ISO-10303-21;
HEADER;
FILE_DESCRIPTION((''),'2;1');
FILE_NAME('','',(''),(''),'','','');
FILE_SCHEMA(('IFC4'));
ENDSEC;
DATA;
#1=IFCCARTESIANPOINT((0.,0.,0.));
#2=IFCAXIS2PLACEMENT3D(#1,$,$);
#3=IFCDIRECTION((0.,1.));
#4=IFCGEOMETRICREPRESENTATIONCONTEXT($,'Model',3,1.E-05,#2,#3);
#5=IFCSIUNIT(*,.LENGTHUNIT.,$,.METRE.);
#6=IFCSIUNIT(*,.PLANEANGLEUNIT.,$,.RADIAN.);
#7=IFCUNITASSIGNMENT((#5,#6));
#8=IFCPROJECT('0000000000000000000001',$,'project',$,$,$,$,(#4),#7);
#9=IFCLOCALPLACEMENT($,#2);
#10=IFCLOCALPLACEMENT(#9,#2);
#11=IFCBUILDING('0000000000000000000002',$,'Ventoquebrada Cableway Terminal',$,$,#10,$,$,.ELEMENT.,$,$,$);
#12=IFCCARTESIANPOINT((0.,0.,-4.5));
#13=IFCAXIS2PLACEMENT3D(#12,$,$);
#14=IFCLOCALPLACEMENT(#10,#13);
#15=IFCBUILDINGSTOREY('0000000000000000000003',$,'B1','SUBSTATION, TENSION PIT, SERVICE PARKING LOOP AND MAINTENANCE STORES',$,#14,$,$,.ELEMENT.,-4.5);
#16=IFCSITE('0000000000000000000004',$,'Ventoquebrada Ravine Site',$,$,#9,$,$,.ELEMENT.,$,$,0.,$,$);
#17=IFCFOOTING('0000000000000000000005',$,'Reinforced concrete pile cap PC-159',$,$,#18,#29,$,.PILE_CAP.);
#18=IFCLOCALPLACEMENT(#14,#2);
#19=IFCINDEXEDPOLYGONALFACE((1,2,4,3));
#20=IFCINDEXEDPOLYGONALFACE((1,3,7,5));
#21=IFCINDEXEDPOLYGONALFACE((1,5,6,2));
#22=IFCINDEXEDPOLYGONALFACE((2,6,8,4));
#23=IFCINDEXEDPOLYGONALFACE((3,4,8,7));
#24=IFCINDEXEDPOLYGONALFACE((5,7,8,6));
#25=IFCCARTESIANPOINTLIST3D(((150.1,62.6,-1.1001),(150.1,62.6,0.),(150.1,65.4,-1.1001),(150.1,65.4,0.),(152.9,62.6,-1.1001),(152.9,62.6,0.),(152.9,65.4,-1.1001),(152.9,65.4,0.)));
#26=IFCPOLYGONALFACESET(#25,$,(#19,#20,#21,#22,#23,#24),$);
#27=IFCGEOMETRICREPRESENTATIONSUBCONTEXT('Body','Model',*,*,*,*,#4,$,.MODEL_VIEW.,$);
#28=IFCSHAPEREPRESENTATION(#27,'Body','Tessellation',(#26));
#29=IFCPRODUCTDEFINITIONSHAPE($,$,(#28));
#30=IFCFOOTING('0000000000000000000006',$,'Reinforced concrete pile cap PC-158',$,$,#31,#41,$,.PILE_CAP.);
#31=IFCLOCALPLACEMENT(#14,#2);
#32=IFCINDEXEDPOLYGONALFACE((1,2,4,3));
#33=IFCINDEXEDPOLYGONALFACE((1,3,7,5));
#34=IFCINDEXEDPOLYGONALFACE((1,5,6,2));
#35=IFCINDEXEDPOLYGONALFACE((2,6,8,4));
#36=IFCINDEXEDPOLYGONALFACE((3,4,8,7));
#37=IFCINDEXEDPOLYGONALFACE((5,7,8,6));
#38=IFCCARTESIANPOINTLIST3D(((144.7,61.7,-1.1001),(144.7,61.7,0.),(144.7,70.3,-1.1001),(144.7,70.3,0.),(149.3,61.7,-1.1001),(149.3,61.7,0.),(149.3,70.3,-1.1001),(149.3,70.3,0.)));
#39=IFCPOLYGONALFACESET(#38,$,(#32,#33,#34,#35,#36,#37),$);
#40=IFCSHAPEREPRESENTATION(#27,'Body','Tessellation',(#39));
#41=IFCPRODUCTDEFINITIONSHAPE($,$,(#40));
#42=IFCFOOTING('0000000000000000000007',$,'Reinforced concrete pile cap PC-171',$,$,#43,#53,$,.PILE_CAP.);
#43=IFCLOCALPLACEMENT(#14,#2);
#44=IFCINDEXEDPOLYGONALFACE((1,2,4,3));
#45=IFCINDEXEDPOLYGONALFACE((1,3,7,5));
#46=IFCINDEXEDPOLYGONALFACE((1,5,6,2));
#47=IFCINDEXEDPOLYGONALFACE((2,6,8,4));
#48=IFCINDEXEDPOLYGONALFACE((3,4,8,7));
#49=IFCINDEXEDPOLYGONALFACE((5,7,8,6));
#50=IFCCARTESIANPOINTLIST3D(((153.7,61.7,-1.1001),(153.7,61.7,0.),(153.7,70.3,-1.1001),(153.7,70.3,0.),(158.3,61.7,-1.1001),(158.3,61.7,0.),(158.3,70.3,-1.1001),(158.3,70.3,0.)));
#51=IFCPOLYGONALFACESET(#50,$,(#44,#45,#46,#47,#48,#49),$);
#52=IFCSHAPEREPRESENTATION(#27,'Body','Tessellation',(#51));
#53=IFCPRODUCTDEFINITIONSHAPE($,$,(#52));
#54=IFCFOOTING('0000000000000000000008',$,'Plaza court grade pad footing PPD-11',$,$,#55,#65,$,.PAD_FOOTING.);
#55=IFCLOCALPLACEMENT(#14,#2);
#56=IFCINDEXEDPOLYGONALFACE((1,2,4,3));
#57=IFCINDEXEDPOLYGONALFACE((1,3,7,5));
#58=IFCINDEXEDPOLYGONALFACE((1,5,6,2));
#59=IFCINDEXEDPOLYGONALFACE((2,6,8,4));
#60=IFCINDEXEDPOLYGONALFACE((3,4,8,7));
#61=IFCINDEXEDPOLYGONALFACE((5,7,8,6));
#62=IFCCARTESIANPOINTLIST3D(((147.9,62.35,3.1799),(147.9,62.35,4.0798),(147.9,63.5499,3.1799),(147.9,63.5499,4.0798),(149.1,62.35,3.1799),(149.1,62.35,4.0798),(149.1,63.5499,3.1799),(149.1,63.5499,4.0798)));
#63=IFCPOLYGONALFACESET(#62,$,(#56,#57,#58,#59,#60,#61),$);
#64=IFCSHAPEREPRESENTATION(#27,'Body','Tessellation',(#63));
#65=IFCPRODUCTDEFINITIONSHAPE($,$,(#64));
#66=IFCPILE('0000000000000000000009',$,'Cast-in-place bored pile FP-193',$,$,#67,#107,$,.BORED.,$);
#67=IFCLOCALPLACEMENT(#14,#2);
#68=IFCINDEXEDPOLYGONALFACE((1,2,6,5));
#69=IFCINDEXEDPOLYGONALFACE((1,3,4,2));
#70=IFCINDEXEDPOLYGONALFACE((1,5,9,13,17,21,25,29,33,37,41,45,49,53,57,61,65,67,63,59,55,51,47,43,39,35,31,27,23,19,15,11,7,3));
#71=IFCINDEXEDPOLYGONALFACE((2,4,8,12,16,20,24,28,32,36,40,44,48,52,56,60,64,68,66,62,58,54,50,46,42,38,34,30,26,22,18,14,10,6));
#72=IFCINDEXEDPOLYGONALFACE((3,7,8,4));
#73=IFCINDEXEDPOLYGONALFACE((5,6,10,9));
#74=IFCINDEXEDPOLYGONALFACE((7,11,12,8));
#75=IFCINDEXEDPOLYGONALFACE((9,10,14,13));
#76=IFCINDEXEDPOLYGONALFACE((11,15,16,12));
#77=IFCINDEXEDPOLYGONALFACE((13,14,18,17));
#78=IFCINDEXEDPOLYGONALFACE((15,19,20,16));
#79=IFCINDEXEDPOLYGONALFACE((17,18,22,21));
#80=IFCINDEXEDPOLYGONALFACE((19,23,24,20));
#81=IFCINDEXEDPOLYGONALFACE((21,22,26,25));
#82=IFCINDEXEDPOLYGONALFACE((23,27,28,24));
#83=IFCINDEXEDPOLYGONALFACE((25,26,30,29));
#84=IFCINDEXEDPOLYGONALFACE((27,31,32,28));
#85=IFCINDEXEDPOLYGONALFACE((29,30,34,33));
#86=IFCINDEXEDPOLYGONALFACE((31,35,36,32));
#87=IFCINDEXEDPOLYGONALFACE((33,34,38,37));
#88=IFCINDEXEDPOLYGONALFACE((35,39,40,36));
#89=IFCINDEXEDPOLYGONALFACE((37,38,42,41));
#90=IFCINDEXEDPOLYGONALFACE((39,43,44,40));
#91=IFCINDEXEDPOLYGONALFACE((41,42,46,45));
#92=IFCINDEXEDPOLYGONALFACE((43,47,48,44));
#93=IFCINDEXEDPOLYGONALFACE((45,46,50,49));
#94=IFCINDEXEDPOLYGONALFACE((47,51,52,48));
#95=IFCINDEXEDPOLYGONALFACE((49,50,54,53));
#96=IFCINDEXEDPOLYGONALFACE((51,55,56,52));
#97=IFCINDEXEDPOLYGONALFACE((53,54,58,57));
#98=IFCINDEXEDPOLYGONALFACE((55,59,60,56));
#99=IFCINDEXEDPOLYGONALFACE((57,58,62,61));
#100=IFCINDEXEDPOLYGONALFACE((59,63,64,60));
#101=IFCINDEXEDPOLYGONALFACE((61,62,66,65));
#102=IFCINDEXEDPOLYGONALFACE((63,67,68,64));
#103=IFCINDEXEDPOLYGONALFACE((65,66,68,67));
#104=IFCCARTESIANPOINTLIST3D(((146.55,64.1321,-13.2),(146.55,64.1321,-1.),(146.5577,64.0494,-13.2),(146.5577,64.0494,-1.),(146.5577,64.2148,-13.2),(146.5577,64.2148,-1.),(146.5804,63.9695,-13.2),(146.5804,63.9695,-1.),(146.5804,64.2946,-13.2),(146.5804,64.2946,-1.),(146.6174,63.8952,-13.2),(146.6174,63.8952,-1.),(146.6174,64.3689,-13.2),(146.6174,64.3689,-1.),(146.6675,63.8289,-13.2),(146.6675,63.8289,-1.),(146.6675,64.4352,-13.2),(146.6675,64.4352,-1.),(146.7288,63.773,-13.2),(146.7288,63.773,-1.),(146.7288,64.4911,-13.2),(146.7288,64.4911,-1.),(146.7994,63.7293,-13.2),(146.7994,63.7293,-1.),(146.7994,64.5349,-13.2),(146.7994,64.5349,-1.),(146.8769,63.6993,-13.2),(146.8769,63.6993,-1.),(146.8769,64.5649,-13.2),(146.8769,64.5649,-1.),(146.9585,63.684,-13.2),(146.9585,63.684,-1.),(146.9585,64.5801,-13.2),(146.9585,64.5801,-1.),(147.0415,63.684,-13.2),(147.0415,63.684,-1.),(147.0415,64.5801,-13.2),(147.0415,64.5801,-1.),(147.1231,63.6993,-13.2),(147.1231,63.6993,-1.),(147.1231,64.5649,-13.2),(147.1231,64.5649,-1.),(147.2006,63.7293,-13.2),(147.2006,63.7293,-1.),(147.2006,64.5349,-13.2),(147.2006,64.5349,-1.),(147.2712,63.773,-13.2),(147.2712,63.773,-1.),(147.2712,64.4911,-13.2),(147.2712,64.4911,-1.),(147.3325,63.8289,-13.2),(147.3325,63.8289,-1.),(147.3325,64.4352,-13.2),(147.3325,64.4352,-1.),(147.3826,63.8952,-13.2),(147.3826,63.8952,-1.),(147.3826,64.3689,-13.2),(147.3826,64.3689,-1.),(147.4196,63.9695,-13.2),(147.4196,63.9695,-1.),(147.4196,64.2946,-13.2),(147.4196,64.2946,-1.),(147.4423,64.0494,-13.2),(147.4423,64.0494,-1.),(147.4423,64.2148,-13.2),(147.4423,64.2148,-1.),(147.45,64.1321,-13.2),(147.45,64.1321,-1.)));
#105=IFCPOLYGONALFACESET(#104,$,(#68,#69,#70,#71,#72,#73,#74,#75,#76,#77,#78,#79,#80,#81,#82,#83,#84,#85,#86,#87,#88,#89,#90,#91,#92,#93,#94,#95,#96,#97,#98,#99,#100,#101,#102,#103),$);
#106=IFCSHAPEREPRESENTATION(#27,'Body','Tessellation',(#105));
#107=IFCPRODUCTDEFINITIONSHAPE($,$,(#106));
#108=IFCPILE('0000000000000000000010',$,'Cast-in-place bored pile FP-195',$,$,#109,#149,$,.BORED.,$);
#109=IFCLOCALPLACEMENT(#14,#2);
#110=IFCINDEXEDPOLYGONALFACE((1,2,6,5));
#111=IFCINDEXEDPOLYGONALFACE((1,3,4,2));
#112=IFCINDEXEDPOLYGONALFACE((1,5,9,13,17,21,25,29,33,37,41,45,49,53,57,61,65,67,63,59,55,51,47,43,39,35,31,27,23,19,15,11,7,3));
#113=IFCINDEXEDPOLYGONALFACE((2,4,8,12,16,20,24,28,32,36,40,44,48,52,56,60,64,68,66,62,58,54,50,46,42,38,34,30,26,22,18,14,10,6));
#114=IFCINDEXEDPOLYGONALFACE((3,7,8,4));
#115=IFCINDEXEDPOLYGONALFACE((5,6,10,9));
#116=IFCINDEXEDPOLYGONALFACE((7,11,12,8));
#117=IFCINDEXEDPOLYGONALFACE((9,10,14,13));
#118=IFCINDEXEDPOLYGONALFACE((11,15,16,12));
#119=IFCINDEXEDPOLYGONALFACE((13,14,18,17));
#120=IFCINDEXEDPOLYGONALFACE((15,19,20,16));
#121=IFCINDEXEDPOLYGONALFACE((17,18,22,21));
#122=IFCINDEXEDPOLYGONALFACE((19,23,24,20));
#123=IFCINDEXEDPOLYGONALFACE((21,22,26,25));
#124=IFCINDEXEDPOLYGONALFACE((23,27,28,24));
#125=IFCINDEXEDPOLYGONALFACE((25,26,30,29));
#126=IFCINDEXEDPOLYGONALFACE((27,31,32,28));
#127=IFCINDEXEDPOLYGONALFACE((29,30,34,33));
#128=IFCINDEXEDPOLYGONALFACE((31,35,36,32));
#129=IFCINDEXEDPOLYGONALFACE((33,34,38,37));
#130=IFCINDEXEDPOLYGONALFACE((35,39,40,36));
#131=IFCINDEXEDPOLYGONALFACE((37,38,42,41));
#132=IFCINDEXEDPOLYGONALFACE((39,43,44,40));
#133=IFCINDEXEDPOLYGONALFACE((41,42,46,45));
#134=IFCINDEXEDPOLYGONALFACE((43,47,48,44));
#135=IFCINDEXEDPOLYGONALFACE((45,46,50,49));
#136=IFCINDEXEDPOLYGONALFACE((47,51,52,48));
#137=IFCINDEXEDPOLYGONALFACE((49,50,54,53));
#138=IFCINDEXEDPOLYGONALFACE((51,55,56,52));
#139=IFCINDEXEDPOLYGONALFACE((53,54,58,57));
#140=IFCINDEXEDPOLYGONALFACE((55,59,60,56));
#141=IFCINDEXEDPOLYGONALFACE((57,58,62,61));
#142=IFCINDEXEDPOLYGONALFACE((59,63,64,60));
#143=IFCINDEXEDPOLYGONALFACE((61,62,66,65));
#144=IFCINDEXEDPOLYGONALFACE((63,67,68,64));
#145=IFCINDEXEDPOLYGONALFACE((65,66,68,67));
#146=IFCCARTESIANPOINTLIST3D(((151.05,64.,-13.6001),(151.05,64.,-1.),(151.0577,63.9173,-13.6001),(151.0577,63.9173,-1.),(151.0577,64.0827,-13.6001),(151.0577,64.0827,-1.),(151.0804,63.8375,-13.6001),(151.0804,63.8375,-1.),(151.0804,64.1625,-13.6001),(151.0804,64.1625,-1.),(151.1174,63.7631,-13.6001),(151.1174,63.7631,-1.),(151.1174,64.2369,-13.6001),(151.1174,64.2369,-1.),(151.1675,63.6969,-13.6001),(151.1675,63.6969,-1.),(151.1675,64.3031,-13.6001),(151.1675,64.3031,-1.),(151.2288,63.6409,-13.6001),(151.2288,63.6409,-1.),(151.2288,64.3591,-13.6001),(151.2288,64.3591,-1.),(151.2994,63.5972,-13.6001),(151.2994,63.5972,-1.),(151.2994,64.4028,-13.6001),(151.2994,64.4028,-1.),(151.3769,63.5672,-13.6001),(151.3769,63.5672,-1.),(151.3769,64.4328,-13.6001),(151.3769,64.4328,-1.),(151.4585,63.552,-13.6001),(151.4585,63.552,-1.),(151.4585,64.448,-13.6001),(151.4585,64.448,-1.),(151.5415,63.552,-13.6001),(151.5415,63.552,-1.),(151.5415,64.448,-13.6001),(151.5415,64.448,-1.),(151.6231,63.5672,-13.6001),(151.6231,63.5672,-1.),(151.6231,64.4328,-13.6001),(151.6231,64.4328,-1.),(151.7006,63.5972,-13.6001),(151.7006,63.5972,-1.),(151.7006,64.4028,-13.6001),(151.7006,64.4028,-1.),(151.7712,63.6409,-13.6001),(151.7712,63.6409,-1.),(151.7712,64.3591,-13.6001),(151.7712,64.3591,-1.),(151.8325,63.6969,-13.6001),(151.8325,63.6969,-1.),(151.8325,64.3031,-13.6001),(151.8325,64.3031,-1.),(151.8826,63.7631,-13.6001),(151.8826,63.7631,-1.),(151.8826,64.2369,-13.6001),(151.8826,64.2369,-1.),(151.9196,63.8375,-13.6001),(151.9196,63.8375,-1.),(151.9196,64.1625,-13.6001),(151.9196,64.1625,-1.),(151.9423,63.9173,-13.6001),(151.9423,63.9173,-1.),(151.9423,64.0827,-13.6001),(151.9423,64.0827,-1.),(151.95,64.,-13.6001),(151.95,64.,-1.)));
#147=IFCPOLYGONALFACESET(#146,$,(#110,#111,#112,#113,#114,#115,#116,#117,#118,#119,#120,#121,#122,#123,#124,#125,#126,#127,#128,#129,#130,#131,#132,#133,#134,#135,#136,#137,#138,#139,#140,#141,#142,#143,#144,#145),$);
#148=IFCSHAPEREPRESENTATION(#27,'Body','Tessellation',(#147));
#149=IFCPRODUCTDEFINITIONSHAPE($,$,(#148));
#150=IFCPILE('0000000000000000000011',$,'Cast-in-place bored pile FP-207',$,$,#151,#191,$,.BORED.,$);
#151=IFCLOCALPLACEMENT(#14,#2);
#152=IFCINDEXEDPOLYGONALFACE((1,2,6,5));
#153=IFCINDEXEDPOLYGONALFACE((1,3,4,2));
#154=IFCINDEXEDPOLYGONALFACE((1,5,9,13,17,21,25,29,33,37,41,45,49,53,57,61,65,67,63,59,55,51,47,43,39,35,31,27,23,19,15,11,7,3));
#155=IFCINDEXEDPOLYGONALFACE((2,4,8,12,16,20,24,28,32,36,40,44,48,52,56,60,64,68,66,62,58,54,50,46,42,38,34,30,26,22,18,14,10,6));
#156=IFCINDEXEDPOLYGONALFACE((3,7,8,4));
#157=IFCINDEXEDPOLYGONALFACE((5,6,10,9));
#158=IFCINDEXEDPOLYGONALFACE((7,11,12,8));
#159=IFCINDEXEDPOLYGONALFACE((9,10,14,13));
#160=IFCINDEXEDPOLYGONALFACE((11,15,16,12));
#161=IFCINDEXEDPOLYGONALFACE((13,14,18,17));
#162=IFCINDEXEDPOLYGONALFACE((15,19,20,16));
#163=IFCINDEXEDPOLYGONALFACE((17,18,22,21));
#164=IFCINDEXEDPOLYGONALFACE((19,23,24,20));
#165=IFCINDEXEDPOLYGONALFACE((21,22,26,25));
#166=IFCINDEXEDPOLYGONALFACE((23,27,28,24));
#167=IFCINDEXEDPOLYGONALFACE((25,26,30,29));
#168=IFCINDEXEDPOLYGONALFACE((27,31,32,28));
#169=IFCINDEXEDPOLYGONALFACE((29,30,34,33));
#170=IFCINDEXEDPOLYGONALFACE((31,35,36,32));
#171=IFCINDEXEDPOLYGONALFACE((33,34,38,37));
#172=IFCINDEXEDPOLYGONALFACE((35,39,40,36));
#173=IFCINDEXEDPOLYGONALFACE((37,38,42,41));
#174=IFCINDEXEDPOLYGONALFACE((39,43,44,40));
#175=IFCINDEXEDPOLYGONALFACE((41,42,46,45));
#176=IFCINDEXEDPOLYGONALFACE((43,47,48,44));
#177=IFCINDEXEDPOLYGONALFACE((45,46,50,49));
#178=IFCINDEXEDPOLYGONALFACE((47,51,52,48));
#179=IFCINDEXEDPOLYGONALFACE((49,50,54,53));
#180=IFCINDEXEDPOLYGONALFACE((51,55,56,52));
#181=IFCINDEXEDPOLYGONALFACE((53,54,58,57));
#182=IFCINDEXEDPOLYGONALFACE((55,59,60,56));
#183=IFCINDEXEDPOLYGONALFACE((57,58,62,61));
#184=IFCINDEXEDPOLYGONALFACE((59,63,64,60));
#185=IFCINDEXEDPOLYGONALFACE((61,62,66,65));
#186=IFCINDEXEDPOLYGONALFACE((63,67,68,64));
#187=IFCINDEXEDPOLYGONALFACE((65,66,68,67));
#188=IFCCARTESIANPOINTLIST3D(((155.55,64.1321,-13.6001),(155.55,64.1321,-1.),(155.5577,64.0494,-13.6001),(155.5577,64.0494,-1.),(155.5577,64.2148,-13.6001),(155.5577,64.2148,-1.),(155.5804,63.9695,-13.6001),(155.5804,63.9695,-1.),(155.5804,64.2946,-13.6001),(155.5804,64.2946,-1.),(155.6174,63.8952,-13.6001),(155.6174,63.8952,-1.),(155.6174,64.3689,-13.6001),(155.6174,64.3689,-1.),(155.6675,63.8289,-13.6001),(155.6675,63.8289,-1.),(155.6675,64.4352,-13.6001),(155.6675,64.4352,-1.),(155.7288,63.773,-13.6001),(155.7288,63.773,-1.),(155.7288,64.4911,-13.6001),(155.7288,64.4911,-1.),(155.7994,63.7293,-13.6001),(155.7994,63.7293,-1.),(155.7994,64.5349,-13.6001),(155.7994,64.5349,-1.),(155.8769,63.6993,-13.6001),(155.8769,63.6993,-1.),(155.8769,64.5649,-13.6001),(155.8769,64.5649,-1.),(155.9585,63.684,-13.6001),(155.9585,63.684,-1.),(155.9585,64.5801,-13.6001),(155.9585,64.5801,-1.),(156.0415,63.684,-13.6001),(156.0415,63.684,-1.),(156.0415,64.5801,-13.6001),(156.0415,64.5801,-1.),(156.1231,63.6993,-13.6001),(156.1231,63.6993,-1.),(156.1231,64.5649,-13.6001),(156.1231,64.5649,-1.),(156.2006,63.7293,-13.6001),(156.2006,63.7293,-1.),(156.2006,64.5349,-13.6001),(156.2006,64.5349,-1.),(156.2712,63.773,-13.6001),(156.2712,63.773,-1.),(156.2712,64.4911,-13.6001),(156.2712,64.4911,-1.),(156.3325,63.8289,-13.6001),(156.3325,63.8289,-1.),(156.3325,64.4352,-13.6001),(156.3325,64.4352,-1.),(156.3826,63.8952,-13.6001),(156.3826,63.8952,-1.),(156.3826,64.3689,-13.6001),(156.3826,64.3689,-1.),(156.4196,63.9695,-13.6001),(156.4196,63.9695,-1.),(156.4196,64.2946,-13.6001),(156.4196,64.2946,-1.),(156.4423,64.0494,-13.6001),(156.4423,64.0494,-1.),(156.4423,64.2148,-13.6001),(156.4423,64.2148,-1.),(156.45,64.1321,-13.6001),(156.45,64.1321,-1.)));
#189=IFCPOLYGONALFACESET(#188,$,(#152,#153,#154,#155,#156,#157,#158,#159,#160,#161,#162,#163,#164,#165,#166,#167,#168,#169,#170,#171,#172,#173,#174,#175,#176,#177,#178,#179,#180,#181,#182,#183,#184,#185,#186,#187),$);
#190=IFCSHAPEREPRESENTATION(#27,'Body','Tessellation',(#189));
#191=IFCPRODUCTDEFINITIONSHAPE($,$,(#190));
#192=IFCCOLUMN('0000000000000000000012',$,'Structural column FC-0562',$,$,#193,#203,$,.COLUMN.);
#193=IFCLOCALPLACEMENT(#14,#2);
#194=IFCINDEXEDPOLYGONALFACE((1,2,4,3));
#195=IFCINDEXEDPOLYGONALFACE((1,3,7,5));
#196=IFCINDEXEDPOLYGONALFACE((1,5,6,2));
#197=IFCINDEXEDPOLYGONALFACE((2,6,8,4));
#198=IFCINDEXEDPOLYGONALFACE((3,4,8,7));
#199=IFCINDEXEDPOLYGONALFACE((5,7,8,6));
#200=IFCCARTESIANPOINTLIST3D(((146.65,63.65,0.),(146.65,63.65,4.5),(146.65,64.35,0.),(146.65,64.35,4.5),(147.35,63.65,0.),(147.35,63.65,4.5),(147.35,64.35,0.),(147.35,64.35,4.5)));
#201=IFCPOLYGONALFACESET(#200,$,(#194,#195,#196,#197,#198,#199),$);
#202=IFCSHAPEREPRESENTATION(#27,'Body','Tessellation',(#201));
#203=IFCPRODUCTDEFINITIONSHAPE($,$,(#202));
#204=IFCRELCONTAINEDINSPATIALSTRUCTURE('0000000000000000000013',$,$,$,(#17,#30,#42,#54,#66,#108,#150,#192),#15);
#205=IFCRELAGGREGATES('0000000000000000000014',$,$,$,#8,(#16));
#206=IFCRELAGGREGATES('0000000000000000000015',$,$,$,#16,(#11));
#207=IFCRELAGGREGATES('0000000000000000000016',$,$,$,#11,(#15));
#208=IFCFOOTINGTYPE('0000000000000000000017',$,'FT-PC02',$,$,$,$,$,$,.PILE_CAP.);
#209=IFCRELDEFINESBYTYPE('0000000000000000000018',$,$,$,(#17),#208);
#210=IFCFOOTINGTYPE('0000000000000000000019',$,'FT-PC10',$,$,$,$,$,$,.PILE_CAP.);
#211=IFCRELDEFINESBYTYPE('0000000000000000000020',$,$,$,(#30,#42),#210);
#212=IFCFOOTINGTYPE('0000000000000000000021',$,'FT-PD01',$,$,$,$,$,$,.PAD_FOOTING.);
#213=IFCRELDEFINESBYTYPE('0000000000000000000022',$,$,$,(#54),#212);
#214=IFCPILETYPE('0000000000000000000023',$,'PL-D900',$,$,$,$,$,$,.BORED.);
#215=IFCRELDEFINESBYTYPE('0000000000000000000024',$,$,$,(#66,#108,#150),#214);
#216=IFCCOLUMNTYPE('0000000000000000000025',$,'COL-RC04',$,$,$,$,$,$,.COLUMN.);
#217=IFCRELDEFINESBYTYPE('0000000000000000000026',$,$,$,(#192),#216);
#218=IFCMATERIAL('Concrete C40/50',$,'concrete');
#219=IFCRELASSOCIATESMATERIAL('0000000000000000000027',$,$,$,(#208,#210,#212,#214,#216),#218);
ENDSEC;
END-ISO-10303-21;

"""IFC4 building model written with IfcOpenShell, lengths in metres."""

from ifc_helpers import new_model, si_unit, direction, frame, origin, origin_2d, place, context, subcontext, project, spatial, rectangle, circle, extrude, material, material_profile, profile_set, type_object, element, save


model = new_model("IFC4")

# Units and contexts
model_context = context("Model", 3, precision=1e-05, world=origin(), true_north=direction((0.0, 1.0)))
body_context = subcontext(model_context, "Body", "Model", "MODEL_VIEW")
ifc_project = project(units=[si_unit("LENGTHUNIT", "METRE"), si_unit("PLANEANGLEUNIT", "RADIAN")], contexts=[model_context])

# Site, building, storey
site_placement = place(None, origin())
site = spatial("IfcSite", under=ifc_project, at=site_placement, Name="Ventoquebrada Ravine Site", CompositionType="ELEMENT", RefElevation=0.0)
building_placement = place(site_placement, origin())
building = spatial("IfcBuilding", under=site, at=building_placement, Name="Ventoquebrada Cableway Terminal", CompositionType="ELEMENT")
storey_placement = place(building_placement, frame((0.0, 0.0, -4.5)))
storey = spatial("IfcBuildingStorey", under=building, at=storey_placement, Name="B1", Description="SUBSTATION, TENSION PIT, SERVICE PARKING LOOP AND MAINTENANCE STORES", CompositionType="ELEMENT", Elevation=-4.5)

# Footings
ifc_material_1 = material(Name="Concrete C40/50", Category="concrete")
footing_type_1 = type_object("IfcFootingType", Name="FT-PC02", PredefinedType="PILE_CAP", material=ifc_material_1)
footing_1_placement = place(storey_placement, frame((151.5, 64.0, -1.1001), z_axis=(0.0, 0.0, 1.0), x_axis=(1.0, 0.0, 0.0)))
element("IfcFooting", 1, at=footing_1_placement, inside=storey, type_object=footing_type_1, Name="Reinforced concrete pile cap PC-159", PredefinedType="PILE_CAP", context=body_context, shape_type="SweptSolid", body=[
    extrude(rectangle(XDim=2.8, YDim=2.8, at=origin_2d()), origin(), (0.0, 0.0, 1.0), 1.1001),
])
footing_type_2 = type_object("IfcFootingType", Name="FT-PC10", PredefinedType="PILE_CAP", material=ifc_material_1)
for number, where, z_axis, x_axis, name in (
    (2, (147.0, 66.0, -1.1001), (0.0, 0.0, 1.0), (1.0, 0.0, 0.0), "Reinforced concrete pile cap PC-158"),
    (3, (156.0, 66.0, -1.1001), (0.0, 0.0, 1.0), (1.0, 0.0, 0.0), "Reinforced concrete pile cap PC-171"),
):
    element("IfcFooting", number, at=place(storey_placement, frame(where, z_axis=z_axis, x_axis=x_axis)), inside=storey, type_object=footing_type_2, Name=name, PredefinedType="PILE_CAP", context=body_context, shape_type="SweptSolid", body=[
        extrude(rectangle(XDim=4.6001, YDim=8.6001, at=origin_2d()), origin(), (0.0, 0.0, 1.0), 1.1001),
    ])
footing_type_3 = type_object("IfcFootingType", Name="FT-PD01", PredefinedType="PAD_FOOTING", material=ifc_material_1)
footing_2_placement = place(storey_placement, frame((148.5, 62.95, 3.1799), z_axis=(0.0, 0.0, 1.0), x_axis=(1.0, 0.0, 0.0)))
element("IfcFooting", 4, at=footing_2_placement, inside=storey, type_object=footing_type_3, Name="Plaza court grade pad footing PPD-11", PredefinedType="PAD_FOOTING", context=body_context, shape_type="SweptSolid", body=[
    extrude(rectangle(XDim=1.2, YDim=1.2, at=origin_2d()), origin(), (0.0, 0.0, 1.0), 0.8999),
])

# Piles
ifc_material_profile_1 = material_profile(ifc_material_1, circle(Radius=0.45, at=origin_2d()), Name="PILE-D900")
ifc_profile_set_1 = profile_set([ifc_material_profile_1], Name="Concrete C40/50")
pile_type = type_object("IfcPileType", Name="PL-D900", PredefinedType="BORED", material=ifc_profile_set_1)
pile_placement = place(storey_placement, frame((147.0, 64.1321, -1.0), z_axis=(0.0, 0.0, -1.0), x_axis=(1.0, 0.0, 0.0)))
element("IfcPile", 5, at=pile_placement, inside=storey, type_object=pile_type, Name="Cast-in-place bored pile FP-193", PredefinedType="BORED", context=body_context, shape_type="SweptSolid", body=[
    extrude(circle(Radius=0.45, at=origin_2d()), origin(), (0.0, 0.0, 1.0), 12.2),
])
for number, where, z_axis, x_axis, name in (
    (6, (151.5, 64.0, -1.0), (0.0, 0.0, -1.0), (1.0, 0.0, 0.0), "Cast-in-place bored pile FP-195"),
    (7, (156.0, 64.1321, -1.0), (0.0, 0.0, -1.0), (1.0, 0.0, 0.0), "Cast-in-place bored pile FP-207"),
):
    element("IfcPile", number, at=place(storey_placement, frame(where, z_axis=z_axis, x_axis=x_axis)), inside=storey, type_object=pile_type, Name=name, PredefinedType="BORED", context=body_context, shape_type="SweptSolid", body=[
        extrude(circle(Radius=0.45, at=origin_2d()), origin(), (0.0, 0.0, 1.0), 12.6001),
    ])

# Column
ifc_material_profile_2 = material_profile(ifc_material_1, rectangle(XDim=0.7, YDim=0.7, at=origin_2d()), Name="RC-COL-700X700")
ifc_profile_set_2 = profile_set([ifc_material_profile_2], Name="Concrete C40/50")
column_type_1 = type_object("IfcColumnType", Name="COL-RC04", PredefinedType="COLUMN", material=ifc_profile_set_2)
for number, where, z_axis, x_axis, name in (
    (8, (147.0, 64.0, 0.0), (0.0, 0.0, 1.0), (1.0, 0.0, 0.0), "Structural column FC-0562"),
):
    element("IfcColumn", number, at=place(storey_placement, frame(where, z_axis=z_axis, x_axis=x_axis)), inside=storey, type_object=column_type_1, Name=name, PredefinedType="COLUMN", context=body_context, shape_type="SweptSolid", body=[
        extrude(rectangle(XDim=0.7, YDim=0.7, at=origin_2d()), origin(), (0.0, 0.0, 1.0), 4.5),
    ])

save(model, "model.ifc")
